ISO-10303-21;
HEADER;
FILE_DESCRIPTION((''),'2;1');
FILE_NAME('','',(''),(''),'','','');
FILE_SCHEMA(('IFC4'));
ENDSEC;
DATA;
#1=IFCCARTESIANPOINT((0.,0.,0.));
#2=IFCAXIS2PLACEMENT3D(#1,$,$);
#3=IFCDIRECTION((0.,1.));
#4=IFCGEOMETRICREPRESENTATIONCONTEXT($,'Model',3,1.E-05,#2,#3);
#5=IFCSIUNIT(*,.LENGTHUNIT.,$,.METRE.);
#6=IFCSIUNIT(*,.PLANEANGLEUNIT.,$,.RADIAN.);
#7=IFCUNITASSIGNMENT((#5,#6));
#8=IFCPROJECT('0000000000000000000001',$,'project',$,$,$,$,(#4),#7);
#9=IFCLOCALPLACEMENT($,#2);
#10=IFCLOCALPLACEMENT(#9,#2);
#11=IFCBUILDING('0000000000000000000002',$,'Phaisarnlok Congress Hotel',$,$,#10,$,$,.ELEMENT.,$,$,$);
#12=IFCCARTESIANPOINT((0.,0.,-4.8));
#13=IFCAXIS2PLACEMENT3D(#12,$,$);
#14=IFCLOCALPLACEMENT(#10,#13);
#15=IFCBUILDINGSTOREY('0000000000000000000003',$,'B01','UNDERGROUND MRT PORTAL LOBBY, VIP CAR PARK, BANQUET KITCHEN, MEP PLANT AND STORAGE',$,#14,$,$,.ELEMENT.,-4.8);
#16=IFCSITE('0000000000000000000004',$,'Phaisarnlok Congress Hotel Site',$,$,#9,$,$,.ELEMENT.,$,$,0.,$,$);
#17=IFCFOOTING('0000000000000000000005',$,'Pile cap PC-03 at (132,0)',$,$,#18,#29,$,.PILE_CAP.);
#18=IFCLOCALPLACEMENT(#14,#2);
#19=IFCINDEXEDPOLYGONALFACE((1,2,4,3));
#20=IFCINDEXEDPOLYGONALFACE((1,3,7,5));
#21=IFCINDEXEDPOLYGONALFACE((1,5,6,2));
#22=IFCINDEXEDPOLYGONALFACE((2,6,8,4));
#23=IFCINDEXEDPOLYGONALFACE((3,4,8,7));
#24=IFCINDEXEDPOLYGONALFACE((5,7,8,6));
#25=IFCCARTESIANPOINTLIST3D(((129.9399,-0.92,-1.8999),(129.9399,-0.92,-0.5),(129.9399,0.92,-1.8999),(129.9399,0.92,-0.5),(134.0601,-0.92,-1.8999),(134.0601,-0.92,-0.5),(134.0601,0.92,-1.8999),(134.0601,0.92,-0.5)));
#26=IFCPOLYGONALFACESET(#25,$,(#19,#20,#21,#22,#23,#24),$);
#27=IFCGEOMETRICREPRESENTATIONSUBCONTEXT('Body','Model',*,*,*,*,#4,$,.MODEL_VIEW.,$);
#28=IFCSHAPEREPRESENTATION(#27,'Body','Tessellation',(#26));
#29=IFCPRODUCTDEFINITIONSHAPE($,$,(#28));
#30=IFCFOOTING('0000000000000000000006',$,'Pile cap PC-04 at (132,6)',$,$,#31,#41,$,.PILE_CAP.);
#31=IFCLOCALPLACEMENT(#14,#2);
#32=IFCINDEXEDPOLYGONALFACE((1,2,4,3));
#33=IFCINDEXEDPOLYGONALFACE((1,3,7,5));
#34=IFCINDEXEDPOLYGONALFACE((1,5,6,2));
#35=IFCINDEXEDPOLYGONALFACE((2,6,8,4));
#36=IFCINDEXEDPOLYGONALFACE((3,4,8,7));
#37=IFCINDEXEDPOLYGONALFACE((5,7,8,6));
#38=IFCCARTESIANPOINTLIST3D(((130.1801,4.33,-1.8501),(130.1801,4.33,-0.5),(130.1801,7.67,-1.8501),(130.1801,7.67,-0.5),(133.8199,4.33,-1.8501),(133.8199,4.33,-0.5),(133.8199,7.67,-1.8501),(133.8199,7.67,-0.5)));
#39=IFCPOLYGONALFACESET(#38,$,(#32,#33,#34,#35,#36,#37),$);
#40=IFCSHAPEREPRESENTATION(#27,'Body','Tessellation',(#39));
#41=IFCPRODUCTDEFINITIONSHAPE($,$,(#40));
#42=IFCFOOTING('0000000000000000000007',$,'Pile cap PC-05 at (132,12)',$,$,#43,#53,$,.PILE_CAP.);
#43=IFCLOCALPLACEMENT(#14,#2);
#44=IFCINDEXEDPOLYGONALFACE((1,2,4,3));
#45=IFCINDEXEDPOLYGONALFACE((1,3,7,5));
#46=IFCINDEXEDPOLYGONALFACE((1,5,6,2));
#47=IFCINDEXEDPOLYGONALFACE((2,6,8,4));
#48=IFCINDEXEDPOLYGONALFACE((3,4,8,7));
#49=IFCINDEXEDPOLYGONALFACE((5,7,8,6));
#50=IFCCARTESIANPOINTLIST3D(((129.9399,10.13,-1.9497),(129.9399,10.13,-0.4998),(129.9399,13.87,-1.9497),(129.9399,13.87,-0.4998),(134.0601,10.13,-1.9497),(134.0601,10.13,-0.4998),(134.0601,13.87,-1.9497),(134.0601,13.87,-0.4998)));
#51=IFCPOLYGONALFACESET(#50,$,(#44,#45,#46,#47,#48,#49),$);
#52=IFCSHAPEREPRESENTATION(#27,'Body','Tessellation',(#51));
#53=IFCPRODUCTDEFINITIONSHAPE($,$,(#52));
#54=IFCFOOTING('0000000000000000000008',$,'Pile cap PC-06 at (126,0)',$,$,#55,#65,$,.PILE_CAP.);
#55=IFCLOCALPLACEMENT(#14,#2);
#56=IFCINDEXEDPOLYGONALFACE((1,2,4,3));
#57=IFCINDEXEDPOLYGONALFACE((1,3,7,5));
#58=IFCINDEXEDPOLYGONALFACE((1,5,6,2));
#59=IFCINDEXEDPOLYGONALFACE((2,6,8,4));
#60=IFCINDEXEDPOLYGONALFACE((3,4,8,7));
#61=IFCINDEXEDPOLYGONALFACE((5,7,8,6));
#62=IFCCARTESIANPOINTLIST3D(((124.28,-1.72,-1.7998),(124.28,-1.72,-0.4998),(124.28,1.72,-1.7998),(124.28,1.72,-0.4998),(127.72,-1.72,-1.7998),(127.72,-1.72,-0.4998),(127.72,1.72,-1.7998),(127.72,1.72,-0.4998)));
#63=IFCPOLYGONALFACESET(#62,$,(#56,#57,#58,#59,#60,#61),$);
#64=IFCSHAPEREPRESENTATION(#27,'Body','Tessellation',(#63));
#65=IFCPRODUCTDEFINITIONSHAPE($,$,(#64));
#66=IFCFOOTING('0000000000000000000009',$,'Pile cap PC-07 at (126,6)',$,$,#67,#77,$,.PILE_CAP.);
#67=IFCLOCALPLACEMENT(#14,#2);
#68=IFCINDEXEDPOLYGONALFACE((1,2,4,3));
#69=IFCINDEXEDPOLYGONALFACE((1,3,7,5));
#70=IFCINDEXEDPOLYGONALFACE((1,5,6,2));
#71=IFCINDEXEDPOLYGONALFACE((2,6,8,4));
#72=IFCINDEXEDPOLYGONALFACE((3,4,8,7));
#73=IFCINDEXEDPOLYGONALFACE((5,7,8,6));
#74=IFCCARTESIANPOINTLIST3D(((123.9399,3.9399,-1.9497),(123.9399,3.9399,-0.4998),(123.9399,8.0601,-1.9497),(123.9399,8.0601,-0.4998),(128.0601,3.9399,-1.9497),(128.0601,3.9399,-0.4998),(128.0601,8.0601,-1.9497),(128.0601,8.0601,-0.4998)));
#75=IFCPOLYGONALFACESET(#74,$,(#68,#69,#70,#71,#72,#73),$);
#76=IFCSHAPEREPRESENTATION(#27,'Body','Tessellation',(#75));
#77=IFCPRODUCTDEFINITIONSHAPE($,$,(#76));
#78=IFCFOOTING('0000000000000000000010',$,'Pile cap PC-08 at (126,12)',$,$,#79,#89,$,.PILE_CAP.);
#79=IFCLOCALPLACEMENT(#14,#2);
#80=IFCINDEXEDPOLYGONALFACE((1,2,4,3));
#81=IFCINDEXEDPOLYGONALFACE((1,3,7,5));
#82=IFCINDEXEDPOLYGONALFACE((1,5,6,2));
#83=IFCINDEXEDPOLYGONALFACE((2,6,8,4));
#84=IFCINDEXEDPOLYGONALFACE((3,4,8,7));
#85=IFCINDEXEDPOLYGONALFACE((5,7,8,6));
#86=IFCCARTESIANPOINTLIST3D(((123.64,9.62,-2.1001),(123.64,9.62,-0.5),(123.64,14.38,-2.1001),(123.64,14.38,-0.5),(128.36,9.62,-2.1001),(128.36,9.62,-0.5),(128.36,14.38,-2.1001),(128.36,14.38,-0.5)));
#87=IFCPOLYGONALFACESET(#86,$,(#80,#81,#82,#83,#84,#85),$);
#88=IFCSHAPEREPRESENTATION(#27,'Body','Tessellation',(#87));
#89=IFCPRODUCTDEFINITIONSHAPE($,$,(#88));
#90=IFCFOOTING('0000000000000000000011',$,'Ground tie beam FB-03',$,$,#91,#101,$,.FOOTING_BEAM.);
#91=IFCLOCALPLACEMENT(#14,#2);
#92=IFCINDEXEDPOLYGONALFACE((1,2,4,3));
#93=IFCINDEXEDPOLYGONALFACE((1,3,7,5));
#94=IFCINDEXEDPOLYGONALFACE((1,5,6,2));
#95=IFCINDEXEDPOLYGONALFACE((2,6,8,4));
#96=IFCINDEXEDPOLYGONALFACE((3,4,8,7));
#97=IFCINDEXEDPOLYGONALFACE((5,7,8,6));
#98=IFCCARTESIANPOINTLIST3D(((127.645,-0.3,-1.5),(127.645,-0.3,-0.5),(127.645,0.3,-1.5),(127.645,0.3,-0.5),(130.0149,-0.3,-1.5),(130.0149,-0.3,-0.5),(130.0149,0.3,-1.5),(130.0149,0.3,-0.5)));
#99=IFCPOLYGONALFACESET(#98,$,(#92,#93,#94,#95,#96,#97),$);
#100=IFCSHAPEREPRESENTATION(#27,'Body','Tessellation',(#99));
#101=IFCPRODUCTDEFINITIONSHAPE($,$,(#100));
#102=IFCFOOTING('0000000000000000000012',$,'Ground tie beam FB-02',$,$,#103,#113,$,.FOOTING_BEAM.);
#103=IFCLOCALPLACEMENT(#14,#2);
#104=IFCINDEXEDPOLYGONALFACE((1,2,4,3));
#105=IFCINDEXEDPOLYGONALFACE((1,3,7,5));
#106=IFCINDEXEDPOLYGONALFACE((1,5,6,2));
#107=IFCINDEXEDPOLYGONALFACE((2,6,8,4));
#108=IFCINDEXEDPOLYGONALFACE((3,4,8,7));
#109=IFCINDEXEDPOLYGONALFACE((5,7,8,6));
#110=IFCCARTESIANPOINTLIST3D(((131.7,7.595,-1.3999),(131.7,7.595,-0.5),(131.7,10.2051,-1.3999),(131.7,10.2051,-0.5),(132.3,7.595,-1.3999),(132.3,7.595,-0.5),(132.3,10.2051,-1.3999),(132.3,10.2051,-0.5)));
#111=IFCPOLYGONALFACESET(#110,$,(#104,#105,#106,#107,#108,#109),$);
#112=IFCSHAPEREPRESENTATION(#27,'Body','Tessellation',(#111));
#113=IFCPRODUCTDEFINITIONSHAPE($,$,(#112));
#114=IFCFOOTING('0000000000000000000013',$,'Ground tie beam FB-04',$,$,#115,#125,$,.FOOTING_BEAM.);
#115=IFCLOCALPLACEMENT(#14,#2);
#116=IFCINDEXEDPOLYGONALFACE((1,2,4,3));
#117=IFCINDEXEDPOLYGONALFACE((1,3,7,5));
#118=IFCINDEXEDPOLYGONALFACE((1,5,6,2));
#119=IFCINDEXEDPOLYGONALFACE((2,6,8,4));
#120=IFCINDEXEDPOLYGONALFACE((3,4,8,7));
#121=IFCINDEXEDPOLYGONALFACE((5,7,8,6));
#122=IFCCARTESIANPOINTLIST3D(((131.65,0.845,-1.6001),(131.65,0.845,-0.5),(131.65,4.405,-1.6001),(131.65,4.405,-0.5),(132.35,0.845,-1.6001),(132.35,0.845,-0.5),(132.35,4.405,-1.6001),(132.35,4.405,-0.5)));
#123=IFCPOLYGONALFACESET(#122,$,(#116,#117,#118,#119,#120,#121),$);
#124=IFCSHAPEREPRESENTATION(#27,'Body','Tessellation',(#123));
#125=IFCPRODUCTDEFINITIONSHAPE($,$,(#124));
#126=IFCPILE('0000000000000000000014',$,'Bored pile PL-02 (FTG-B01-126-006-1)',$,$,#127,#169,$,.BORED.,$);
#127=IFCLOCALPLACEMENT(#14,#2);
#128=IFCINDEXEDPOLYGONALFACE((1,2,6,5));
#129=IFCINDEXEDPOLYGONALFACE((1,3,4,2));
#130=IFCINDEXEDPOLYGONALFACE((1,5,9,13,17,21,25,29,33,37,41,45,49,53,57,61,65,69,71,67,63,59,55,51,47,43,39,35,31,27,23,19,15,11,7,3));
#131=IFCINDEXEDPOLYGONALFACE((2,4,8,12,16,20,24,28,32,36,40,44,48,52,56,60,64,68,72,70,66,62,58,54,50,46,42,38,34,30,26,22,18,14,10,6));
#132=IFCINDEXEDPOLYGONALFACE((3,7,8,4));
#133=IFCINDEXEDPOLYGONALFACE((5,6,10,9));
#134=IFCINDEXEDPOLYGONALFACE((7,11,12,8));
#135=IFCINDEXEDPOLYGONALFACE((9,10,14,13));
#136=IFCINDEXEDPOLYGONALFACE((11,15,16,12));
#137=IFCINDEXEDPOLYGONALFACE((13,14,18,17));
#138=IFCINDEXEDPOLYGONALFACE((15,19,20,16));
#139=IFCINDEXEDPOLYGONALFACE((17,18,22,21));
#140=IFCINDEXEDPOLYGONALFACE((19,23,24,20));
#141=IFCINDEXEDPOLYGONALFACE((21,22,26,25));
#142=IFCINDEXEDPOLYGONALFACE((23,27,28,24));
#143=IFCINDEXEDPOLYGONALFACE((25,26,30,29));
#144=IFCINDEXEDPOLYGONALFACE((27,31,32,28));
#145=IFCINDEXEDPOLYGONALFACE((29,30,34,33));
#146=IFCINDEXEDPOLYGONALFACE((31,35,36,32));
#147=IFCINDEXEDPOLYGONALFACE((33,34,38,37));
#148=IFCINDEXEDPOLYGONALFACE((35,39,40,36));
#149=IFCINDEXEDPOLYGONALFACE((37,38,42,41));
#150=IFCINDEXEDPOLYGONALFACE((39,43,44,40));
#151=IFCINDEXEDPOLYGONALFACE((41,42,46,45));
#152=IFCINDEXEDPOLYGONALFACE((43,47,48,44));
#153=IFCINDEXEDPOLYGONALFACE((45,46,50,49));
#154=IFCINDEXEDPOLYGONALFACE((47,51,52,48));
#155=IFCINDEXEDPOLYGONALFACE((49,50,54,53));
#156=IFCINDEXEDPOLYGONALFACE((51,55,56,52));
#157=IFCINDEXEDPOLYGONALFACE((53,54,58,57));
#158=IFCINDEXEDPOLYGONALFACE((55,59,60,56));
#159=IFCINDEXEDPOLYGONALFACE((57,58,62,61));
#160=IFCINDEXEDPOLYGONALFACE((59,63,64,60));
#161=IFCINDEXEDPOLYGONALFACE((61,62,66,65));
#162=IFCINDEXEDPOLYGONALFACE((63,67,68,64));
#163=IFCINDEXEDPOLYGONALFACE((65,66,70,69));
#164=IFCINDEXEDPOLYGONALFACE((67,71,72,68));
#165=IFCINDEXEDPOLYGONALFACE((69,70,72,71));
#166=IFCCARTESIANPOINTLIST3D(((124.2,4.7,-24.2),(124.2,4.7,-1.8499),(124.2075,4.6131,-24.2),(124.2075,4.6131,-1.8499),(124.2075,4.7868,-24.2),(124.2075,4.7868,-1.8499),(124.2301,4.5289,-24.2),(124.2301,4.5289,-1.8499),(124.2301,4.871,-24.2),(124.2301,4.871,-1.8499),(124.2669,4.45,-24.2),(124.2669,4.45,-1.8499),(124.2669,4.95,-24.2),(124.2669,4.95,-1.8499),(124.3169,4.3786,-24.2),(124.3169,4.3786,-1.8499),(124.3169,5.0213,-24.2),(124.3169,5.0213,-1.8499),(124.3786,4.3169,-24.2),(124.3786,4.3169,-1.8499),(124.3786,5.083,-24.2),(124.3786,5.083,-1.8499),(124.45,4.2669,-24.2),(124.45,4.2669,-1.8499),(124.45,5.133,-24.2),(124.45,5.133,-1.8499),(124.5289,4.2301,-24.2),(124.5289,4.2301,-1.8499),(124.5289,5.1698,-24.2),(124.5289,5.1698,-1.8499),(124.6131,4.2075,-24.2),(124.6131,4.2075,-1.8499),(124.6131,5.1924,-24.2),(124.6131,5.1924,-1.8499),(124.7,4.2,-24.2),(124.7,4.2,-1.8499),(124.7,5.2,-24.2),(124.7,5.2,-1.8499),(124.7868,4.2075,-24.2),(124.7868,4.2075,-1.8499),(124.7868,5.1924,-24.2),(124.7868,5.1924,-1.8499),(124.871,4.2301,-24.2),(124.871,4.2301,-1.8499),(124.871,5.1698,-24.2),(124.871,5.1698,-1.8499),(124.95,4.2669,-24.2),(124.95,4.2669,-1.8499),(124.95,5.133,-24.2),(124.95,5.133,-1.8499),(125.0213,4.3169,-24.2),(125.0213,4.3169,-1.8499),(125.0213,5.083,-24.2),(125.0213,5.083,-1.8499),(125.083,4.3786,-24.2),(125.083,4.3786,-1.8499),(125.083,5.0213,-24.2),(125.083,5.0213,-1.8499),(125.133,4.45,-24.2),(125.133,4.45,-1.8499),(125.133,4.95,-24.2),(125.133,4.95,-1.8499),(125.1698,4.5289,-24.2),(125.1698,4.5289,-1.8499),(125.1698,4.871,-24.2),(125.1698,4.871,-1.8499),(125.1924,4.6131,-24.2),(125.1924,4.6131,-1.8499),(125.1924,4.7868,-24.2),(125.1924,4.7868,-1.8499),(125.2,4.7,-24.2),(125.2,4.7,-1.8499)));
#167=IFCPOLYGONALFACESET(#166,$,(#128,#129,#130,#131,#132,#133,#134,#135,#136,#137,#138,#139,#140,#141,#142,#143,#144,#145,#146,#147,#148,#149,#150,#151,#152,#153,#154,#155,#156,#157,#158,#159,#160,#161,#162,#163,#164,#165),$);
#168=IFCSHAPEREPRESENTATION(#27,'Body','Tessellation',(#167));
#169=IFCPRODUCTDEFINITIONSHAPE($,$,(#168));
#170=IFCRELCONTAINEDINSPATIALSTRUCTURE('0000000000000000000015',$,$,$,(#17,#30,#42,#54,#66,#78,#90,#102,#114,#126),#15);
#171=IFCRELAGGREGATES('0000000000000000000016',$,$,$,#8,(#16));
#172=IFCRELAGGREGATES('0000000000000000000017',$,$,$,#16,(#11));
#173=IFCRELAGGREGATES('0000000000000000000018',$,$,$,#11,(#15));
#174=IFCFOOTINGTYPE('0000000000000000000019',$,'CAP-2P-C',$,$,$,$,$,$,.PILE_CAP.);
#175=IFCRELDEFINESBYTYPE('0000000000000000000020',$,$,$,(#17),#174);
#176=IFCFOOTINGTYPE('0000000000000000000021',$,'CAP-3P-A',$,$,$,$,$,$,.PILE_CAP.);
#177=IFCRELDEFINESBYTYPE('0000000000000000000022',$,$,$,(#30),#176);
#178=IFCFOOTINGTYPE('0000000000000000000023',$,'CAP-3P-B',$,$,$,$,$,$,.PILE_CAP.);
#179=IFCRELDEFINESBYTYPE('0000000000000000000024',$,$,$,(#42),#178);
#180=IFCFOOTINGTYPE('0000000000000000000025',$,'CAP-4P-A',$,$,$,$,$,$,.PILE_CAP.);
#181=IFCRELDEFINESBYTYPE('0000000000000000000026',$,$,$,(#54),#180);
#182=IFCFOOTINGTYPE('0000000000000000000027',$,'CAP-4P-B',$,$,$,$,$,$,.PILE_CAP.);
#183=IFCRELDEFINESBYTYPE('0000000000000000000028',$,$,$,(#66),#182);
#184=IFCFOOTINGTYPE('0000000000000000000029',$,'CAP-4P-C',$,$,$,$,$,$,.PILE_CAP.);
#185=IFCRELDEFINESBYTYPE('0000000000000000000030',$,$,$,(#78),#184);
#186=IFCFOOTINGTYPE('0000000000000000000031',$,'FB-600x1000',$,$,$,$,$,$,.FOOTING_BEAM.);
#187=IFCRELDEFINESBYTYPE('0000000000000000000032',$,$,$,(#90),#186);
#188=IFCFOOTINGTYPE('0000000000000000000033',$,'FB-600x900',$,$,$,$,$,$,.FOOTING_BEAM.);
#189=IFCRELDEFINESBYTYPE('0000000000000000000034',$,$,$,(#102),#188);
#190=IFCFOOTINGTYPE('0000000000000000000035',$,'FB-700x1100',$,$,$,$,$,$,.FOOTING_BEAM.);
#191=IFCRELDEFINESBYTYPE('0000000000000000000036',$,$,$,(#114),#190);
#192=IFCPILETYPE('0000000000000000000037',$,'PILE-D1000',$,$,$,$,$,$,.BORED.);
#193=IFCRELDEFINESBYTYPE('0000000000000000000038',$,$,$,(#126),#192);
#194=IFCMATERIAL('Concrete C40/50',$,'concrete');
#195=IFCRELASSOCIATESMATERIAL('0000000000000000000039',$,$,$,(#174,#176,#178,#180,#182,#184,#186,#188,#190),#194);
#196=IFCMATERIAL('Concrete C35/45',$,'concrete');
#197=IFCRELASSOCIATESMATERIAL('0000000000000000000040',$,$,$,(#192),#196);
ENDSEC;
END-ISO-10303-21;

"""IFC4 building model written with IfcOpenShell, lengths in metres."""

from ifc_helpers import new_model, si_unit, direction, frame, origin, origin_2d, place, context, subcontext, project, spatial, rectangle, circle, extrude, material, material_profile, profile_set, type_object, element, save


model = new_model("IFC4")

# Units and contexts
model_context = context("Model", 3, precision=1e-05, world=origin(), true_north=direction((0.0, 1.0)))
body_context = subcontext(model_context, "Body", "Model", "MODEL_VIEW")
ifc_project = project(units=[si_unit("LENGTHUNIT", "METRE"), si_unit("PLANEANGLEUNIT", "RADIAN")], contexts=[model_context])

# Site, building, storey
site_placement = place(None, origin())
site = spatial("IfcSite", under=ifc_project, at=site_placement, Name="Phaisarnlok Congress Hotel Site", CompositionType="ELEMENT", RefElevation=0.0)
building_placement = place(site_placement, origin())
building = spatial("IfcBuilding", under=site, at=building_placement, Name="Phaisarnlok Congress Hotel", CompositionType="ELEMENT")
storey_placement = place(building_placement, frame((0.0, 0.0, -4.8)))
storey = spatial("IfcBuildingStorey", under=building, at=storey_placement, Name="B01", Description="UNDERGROUND MRT PORTAL LOBBY, VIP CAR PARK, BANQUET KITCHEN, MEP PLANT AND STORAGE", CompositionType="ELEMENT", Elevation=-4.8)

# Footings
ifc_material_1 = material(Name="Concrete C40/50", Category="concrete")
footing_type_1 = type_object("IfcFootingType", Name="CAP-2P-C", PredefinedType="PILE_CAP", material=ifc_material_1)
footing_1_placement = place(storey_placement, frame((132.0, 0.0, -1.8999), z_axis=(0.0, 0.0, 1.0), x_axis=(1.0, 0.0, 0.0)))
element("IfcFooting", 1, at=footing_1_placement, inside=storey, type_object=footing_type_1, Name="Pile cap PC-03 at (132,0)", PredefinedType="PILE_CAP", context=body_context, shape_type="SweptSolid", body=[
    extrude(rectangle(XDim=4.1201, YDim=1.8401, at=origin_2d()), origin(), (0.0, 0.0, 1.0), 1.3999),
])
footing_type_2 = type_object("IfcFootingType", Name="CAP-3P-A", PredefinedType="PILE_CAP", material=ifc_material_1)
footing_2_placement = place(storey_placement, frame((132.0, 6.0, -1.8501), z_axis=(0.0, 0.0, 1.0), x_axis=(1.0, 0.0, 0.0)))
element("IfcFooting", 2, at=footing_2_placement, inside=storey, type_object=footing_type_2, Name="Pile cap PC-04 at (132,6)", PredefinedType="PILE_CAP", context=body_context, shape_type="SweptSolid", body=[
    extrude(rectangle(XDim=3.6399, YDim=3.3401, at=origin_2d()), origin(), (0.0, 0.0, 1.0), 1.3501),
])
footing_type_3 = type_object("IfcFootingType", Name="CAP-3P-B", PredefinedType="PILE_CAP", material=ifc_material_1)
footing_3_placement = place(storey_placement, frame((132.0, 12.0, -1.9497), z_axis=(0.0, 0.0, 1.0), x_axis=(1.0, 0.0, 0.0)))
element("IfcFooting", 3, at=footing_3_placement, inside=storey, type_object=footing_type_3, Name="Pile cap PC-05 at (132,12)", PredefinedType="PILE_CAP", context=body_context, shape_type="SweptSolid", body=[
    extrude(rectangle(XDim=4.1201, YDim=3.74, at=origin_2d()), origin(), (0.0, 0.0, 1.0), 1.45),
])
footing_type_4 = type_object("IfcFootingType", Name="CAP-4P-A", PredefinedType="PILE_CAP", material=ifc_material_1)
footing_4_placement = place(storey_placement, frame((126.0, 0.0, -1.7998), z_axis=(0.0, 0.0, 1.0), x_axis=(1.0, 0.0, 0.0)))
element("IfcFooting", 4, at=footing_4_placement, inside=storey, type_object=footing_type_4, Name="Pile cap PC-06 at (126,0)", PredefinedType="PILE_CAP", context=body_context, shape_type="SweptSolid", body=[
    extrude(rectangle(XDim=3.4399, YDim=3.4399, at=origin_2d()), origin(), (0.0, 0.0, 1.0), 1.3),
])
footing_type_5 = type_object("IfcFootingType", Name="CAP-4P-B", PredefinedType="PILE_CAP", material=ifc_material_1)
footing_5_placement = place(storey_placement, frame((126.0, 6.0, -1.9497), z_axis=(0.0, 0.0, 1.0), x_axis=(1.0, 0.0, 0.0)))
element("IfcFooting", 5, at=footing_5_placement, inside=storey, type_object=footing_type_5, Name="Pile cap PC-07 at (126,6)", PredefinedType="PILE_CAP", context=body_context, shape_type="SweptSolid", body=[
    extrude(rectangle(XDim=4.1201, YDim=4.1201, at=origin_2d()), origin(), (0.0, 0.0, 1.0), 1.45),
])
footing_type_6 = type_object("IfcFootingType", Name="CAP-4P-C", PredefinedType="PILE_CAP", material=ifc_material_1)
footing_6_placement = place(storey_placement, frame((126.0, 12.0, -2.1001), z_axis=(0.0, 0.0, 1.0), x_axis=(1.0, 0.0, 0.0)))
element("IfcFooting", 6, at=footing_6_placement, inside=storey, type_object=footing_type_6, Name="Pile cap PC-08 at (126,12)", PredefinedType="PILE_CAP", context=body_context, shape_type="SweptSolid", body=[
    extrude(rectangle(XDim=4.72, YDim=4.76, at=origin_2d()), origin(), (0.0, 0.0, 1.0), 1.6001),
])
ifc_material_profile_1 = material_profile(ifc_material_1, rectangle(XDim=0.6001, YDim=1.0, at=origin_2d()), Name="FB-600x1000")
ifc_profile_set_1 = profile_set([ifc_material_profile_1], Name="Concrete C40/50")
footing_type_7 = type_object("IfcFootingType", Name="FB-600x1000", PredefinedType="FOOTING_BEAM", material=ifc_profile_set_1)
footing_7_placement = place(storey_placement, frame((127.645, 0.0, -1.0), z_axis=(1.0, 0.0, 0.0), x_axis=(0.0, 1.0, 0.0)))
element("IfcFooting", 7, at=footing_7_placement, inside=storey, type_object=footing_type_7, Name="Ground tie beam FB-03", PredefinedType="FOOTING_BEAM", context=body_context, shape_type="SweptSolid", body=[
    extrude(rectangle(XDim=0.6001, YDim=1.0, at=origin_2d()), origin(), (0.0, 0.0, 1.0), 2.3699),
])
ifc_material_profile_2 = material_profile(ifc_material_1, rectangle(XDim=0.6001, YDim=0.8999, at=origin_2d()), Name="FB-600x900")
ifc_profile_set_2 = profile_set([ifc_material_profile_2], Name="Concrete C40/50")
footing_type_8 = type_object("IfcFootingType", Name="FB-600x900", PredefinedType="FOOTING_BEAM", material=ifc_profile_set_2)
footing_8_placement = place(storey_placement, frame((132.0, 7.595, -0.95), z_axis=(0.0, 1.0, 0.0), x_axis=(-1.0, 0.0, 0.0)))
element("IfcFooting", 8, at=footing_8_placement, inside=storey, type_object=footing_type_8, Name="Ground tie beam FB-02", PredefinedType="FOOTING_BEAM", context=body_context, shape_type="SweptSolid", body=[
    extrude(rectangle(XDim=0.6001, YDim=0.8999, at=origin_2d()), origin(), (0.0, 0.0, 1.0), 2.6101),
])
ifc_material_profile_3 = material_profile(ifc_material_1, rectangle(XDim=0.7, YDim=1.1001, at=origin_2d()), Name="FB-700x1100")
ifc_profile_set_3 = profile_set([ifc_material_profile_3], Name="Concrete C40/50")
footing_type_9 = type_object("IfcFootingType", Name="FB-700x1100", PredefinedType="FOOTING_BEAM", material=ifc_profile_set_3)
footing_9_placement = place(storey_placement, frame((132.0, 0.845, -1.05), z_axis=(0.0, 1.0, 0.0), x_axis=(-1.0, 0.0, 0.0)))
element("IfcFooting", 9, at=footing_9_placement, inside=storey, type_object=footing_type_9, Name="Ground tie beam FB-04", PredefinedType="FOOTING_BEAM", context=body_context, shape_type="SweptSolid", body=[
    extrude(rectangle(XDim=0.7, YDim=1.1001, at=origin_2d()), origin(), (0.0, 0.0, 1.0), 3.5601),
])

# Pile
ifc_material_2 = material(Name="Concrete C35/45", Category="concrete")
ifc_material_profile_4 = material_profile(ifc_material_2, circle(Radius=0.5, at=origin_2d()), Name="BORED PILE D1000")
ifc_profile_set_4 = profile_set([ifc_material_profile_4], Name="Concrete C35/45")
pile_type_1 = type_object("IfcPileType", Name="PILE-D1000", PredefinedType="BORED", material=ifc_profile_set_4)
for number, where, z_axis, x_axis, name in (
    (10, (124.7, 4.7, -1.8499), (0.0, 0.0, -1.0), (1.0, 0.0, 0.0), "Bored pile PL-02 (FTG-B01-126-006-1)"),
):
    element("IfcPile", number, at=place(storey_placement, frame(where, z_axis=z_axis, x_axis=x_axis)), inside=storey, type_object=pile_type_1, Name=name, PredefinedType="BORED", context=body_context, shape_type="SweptSolid", body=[
        extrude(circle(Radius=0.5, at=origin_2d()), origin(), (0.0, 0.0, 1.0), 22.3501),
    ])

save(model, "model.ifc")
